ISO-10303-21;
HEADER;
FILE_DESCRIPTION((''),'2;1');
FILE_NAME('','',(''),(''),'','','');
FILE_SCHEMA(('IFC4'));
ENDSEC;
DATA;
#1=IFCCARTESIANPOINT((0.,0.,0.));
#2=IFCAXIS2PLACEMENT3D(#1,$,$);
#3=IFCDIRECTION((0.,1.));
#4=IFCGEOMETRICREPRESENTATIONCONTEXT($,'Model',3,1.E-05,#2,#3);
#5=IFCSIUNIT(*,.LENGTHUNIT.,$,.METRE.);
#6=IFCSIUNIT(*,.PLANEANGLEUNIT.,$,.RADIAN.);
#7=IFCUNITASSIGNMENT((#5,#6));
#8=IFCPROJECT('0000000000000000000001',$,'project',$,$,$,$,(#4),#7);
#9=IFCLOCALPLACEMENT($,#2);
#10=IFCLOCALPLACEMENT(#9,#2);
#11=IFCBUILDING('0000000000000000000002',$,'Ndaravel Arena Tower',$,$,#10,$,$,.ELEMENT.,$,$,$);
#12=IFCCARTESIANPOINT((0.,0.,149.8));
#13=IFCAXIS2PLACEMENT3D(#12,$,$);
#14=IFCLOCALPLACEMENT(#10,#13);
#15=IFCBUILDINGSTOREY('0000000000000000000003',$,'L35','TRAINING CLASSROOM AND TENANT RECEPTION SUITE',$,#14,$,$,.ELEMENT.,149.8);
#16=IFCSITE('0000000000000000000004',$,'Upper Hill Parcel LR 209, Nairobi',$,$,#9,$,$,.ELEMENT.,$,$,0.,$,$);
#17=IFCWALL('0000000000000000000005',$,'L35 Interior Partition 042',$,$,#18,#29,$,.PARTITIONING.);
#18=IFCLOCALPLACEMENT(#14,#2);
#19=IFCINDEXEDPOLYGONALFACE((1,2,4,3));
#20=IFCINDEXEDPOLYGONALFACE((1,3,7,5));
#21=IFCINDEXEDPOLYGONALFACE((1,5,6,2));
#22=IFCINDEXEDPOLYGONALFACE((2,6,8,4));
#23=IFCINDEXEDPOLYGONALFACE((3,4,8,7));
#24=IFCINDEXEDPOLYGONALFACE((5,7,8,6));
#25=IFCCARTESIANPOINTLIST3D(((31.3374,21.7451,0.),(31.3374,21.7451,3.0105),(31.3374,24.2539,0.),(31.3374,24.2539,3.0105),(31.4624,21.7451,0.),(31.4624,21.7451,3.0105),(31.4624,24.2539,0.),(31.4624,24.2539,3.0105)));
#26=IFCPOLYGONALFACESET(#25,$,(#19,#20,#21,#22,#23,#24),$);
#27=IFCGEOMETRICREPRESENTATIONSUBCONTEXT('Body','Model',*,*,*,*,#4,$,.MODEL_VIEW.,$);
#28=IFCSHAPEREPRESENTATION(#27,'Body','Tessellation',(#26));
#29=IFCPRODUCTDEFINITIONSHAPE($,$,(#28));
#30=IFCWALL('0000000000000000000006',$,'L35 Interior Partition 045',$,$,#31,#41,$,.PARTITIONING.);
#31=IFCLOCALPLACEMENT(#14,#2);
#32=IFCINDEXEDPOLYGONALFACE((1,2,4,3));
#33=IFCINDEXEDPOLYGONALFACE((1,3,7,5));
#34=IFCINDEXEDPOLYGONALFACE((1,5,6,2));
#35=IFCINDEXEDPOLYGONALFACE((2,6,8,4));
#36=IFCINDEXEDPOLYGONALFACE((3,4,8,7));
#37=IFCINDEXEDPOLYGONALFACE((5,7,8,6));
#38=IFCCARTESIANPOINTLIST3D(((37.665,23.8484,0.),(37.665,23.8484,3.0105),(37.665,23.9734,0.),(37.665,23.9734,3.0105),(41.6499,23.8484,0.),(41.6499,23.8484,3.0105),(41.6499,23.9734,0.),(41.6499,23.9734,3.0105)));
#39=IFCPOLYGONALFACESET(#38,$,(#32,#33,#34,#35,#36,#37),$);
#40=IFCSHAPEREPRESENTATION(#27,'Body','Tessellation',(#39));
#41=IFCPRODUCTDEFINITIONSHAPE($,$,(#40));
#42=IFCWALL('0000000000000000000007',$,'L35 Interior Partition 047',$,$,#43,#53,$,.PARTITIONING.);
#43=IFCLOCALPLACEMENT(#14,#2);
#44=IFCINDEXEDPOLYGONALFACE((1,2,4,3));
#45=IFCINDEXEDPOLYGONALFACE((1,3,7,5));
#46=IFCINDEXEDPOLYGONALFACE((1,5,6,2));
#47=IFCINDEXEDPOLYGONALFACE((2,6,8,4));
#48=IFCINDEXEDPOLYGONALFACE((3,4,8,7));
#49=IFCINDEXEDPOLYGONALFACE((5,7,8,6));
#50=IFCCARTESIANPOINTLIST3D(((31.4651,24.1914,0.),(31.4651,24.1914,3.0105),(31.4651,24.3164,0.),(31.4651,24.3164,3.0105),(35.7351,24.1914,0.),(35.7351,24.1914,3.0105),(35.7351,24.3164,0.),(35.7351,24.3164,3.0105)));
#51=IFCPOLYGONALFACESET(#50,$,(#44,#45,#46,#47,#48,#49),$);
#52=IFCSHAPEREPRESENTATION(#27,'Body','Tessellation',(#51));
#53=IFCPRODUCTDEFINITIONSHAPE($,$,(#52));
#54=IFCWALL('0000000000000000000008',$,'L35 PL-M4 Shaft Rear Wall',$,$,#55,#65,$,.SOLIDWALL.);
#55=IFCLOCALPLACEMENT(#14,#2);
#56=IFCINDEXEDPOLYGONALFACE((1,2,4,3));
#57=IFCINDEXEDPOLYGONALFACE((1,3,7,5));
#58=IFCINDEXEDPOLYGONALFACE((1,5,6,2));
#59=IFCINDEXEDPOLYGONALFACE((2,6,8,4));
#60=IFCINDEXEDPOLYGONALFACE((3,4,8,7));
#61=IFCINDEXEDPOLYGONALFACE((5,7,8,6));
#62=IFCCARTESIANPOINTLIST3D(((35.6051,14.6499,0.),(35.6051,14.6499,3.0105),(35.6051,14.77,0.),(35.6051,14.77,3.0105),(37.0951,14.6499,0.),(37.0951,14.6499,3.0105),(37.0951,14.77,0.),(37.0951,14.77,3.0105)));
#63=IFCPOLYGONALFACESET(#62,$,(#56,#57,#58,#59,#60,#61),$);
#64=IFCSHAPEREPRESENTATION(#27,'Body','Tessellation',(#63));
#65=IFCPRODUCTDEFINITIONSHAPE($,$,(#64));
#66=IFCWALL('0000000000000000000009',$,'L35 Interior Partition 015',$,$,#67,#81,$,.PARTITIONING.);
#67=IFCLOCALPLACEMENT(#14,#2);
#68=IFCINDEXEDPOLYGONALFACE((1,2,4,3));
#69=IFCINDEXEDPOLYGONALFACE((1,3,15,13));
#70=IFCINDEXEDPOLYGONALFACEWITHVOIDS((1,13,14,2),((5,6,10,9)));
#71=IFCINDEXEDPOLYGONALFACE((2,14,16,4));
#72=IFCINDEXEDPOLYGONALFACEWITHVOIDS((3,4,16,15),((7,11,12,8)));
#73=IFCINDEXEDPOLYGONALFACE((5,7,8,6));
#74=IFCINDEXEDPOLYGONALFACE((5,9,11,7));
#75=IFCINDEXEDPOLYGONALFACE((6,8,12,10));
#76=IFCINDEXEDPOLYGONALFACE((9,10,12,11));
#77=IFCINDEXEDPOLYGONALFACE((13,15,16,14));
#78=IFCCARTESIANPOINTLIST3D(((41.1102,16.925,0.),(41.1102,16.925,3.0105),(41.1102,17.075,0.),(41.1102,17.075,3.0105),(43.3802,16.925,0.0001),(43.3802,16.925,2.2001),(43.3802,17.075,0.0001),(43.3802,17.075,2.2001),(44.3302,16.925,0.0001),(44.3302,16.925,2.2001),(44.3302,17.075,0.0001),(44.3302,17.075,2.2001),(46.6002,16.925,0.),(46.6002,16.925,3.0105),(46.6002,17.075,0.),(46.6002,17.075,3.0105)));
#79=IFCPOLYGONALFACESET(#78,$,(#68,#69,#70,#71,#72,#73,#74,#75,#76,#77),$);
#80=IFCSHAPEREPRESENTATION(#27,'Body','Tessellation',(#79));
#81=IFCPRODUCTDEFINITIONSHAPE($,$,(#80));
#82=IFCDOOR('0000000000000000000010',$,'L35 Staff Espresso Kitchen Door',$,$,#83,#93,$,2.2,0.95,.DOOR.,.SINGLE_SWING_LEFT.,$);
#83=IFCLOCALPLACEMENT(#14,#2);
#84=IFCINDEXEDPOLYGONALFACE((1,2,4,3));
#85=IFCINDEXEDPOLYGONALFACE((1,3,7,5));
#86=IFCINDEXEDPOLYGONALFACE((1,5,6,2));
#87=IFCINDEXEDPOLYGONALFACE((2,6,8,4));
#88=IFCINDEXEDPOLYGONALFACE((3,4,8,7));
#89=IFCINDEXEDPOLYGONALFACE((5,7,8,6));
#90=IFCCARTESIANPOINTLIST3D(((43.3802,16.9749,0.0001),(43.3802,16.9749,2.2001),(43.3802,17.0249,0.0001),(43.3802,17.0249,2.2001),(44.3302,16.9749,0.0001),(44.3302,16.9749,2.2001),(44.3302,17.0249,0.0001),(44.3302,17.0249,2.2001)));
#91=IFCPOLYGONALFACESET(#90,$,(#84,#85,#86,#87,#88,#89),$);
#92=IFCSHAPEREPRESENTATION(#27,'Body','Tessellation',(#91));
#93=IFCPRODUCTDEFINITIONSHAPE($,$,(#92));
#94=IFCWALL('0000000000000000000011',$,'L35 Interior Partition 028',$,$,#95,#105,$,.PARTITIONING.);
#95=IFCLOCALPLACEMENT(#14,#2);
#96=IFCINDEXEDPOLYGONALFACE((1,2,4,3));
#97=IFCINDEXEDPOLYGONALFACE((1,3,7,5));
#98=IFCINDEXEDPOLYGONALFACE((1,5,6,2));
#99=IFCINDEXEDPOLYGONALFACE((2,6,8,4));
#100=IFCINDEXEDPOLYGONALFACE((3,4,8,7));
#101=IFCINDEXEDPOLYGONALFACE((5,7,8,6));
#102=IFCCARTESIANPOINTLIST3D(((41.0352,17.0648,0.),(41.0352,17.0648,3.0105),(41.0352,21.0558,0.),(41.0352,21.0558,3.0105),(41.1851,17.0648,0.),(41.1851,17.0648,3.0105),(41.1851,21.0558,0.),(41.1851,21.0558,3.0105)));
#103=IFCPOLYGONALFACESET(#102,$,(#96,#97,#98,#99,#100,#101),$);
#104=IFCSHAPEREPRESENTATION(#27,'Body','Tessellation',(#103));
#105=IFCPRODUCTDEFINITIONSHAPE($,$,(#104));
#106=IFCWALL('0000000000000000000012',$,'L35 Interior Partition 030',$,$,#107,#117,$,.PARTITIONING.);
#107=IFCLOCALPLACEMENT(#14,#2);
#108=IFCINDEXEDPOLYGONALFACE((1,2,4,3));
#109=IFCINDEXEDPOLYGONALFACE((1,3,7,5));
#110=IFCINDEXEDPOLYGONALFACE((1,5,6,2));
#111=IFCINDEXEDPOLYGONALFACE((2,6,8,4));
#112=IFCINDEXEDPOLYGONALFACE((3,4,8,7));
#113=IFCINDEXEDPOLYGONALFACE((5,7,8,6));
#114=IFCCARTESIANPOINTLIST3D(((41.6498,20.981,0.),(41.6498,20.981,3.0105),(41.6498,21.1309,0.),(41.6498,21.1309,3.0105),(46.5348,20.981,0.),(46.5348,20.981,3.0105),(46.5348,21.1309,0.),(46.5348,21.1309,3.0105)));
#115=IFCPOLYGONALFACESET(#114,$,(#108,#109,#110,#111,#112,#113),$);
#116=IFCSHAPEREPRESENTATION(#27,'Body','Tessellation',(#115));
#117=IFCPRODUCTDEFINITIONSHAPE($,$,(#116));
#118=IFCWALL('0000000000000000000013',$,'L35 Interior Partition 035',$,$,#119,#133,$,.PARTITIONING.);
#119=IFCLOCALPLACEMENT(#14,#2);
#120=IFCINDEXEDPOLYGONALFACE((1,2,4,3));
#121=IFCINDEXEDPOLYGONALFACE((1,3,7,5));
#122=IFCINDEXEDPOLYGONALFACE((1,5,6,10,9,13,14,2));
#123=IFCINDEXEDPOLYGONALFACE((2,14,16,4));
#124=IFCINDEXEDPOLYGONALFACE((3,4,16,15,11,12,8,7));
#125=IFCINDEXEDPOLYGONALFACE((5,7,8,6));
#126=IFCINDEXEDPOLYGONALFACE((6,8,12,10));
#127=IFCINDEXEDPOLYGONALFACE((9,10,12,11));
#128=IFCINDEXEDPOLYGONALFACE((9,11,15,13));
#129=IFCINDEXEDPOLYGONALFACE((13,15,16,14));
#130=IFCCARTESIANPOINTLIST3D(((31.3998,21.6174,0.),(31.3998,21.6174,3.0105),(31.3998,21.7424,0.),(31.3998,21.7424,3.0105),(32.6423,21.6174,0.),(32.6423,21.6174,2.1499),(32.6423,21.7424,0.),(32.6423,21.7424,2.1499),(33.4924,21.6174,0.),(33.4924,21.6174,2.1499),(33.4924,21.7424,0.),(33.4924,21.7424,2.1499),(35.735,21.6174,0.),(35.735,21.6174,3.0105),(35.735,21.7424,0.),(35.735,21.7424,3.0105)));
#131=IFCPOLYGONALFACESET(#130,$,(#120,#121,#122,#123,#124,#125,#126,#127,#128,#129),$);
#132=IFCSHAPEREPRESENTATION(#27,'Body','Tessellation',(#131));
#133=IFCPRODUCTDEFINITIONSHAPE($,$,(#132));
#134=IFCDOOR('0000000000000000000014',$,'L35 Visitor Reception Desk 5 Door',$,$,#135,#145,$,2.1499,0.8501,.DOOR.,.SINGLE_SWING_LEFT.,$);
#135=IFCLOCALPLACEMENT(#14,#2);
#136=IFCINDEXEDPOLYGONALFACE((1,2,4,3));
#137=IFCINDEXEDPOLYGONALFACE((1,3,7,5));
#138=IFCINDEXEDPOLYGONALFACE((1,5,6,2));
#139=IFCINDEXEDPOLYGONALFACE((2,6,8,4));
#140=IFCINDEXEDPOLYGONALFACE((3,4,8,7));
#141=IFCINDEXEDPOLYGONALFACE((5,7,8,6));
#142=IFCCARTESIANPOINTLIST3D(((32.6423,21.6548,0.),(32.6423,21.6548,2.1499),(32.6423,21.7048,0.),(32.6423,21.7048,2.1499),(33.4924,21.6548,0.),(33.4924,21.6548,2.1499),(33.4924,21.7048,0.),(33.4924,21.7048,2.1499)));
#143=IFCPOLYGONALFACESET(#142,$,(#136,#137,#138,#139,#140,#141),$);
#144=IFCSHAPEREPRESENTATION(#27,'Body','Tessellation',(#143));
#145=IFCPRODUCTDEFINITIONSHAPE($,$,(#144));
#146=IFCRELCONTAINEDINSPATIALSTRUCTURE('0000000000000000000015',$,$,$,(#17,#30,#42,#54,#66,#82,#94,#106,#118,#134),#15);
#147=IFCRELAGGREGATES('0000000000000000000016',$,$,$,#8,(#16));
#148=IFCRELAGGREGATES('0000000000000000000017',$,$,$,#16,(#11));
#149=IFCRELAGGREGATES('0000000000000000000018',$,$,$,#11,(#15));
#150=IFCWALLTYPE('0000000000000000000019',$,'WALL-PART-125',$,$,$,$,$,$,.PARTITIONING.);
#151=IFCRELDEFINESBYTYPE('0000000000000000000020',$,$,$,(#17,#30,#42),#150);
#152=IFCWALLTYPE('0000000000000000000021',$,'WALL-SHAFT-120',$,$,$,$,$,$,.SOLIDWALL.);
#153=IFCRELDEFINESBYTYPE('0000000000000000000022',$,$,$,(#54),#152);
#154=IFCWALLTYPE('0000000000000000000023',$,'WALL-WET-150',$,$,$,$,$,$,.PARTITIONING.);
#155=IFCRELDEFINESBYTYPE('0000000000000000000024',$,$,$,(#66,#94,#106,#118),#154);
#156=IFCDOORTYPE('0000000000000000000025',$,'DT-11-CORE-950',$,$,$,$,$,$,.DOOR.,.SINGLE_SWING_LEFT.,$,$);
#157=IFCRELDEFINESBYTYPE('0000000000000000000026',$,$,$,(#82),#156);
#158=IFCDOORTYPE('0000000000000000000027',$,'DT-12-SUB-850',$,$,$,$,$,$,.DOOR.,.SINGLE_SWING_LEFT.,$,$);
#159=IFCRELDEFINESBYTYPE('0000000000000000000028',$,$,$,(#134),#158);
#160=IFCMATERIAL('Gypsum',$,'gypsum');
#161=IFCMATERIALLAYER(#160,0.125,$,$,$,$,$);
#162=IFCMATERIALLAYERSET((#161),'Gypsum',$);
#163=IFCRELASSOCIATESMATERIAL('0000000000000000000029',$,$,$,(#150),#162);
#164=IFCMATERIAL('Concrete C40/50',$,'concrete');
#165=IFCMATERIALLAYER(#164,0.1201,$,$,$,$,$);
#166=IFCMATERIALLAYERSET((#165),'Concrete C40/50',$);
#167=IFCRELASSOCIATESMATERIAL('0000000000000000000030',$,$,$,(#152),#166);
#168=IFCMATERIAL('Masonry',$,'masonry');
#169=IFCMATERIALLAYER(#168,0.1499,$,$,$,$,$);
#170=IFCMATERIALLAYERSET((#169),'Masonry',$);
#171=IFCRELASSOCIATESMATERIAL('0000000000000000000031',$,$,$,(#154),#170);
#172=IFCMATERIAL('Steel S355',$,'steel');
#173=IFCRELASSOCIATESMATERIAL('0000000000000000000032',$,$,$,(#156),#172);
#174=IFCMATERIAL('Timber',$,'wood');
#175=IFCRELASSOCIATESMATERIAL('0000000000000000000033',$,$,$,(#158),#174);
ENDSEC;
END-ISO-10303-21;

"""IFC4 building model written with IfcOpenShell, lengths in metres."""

from ifc_helpers import new_model, si_unit, direction, frame, frame_2d, origin, place, context, subcontext, project, spatial, rectangle, extrude, material, layer, layer_set, type_object, element, fill, save


model = new_model("IFC4")

# Units and contexts
model_context = context("Model", 3, precision=1e-05, world=origin(), true_north=direction((0.0, 1.0)))
body_context = subcontext(model_context, "Body", "Model", "MODEL_VIEW")
ifc_project = project(units=[si_unit("LENGTHUNIT", "METRE"), si_unit("PLANEANGLEUNIT", "RADIAN")], contexts=[model_context])

# Site, building, storey
site_placement = place(None, origin())
site = spatial("IfcSite", under=ifc_project, at=site_placement, Name="Upper Hill Parcel LR 209, Nairobi", CompositionType="ELEMENT", RefElevation=0.0)
building_placement = place(site_placement, origin())
building = spatial("IfcBuilding", under=site, at=building_placement, Name="Ndaravel Arena Tower", CompositionType="ELEMENT")
storey_placement = place(building_placement, frame((0.0, 0.0, 149.8)))
storey = spatial("IfcBuildingStorey", under=building, at=storey_placement, Name="L35", Description="TRAINING CLASSROOM AND TENANT RECEPTION SUITE", CompositionType="ELEMENT", Elevation=149.8)

# Shared definitions
ifc_material_1 = material(Name="Gypsum", Category="gypsum")
ifc_layer_1 = layer(ifc_material_1, 0.125)
ifc_layer_set_1 = layer_set([ifc_layer_1], Name="Gypsum")
wall_type_1 = type_object("IfcWallType", Name="WALL-PART-125", PredefinedType="PARTITIONING", material=ifc_layer_set_1)

# Walls
wall_1_placement = place(storey_placement, frame((31.3999, 24.2539, 0.0), z_axis=(0.0, 0.0, 1.0), x_axis=(0.0, -1.0, 0.0)))
element("IfcWall", 1, at=wall_1_placement, inside=storey, type_object=wall_type_1, Name="L35 Interior Partition 042", PredefinedType="PARTITIONING", context=body_context, shape_type="SweptSolid", body=[
    extrude(rectangle(XDim=2.5088, YDim=0.125, at=frame_2d((1.2544, 0.0))), origin(), (0.0, 0.0, 1.0), 3.0105),
])
wall_2_placement = place(storey_placement, frame((37.665, 23.9109, 0.0), z_axis=(0.0, 0.0, 1.0), x_axis=(1.0, 0.0, 0.0)))
element("IfcWall", 2, at=wall_2_placement, inside=storey, type_object=wall_type_1, Name="L35 Interior Partition 045", PredefinedType="PARTITIONING", context=body_context, shape_type="SweptSolid", body=[
    extrude(rectangle(XDim=3.9849, YDim=0.125, at=frame_2d((1.9924, 0.0))), origin(), (0.0, 0.0, 1.0), 3.0105),
])
wall_3_placement = place(storey_placement, frame((31.4651, 24.2539, 0.0), z_axis=(0.0, 0.0, 1.0), x_axis=(1.0, 0.0, 0.0)))
element("IfcWall", 3, at=wall_3_placement, inside=storey, type_object=wall_type_1, Name="L35 Interior Partition 047", PredefinedType="PARTITIONING", context=body_context, shape_type="SweptSolid", body=[
    extrude(rectangle(XDim=4.27, YDim=0.125, at=frame_2d((2.135, 0.0))), origin(), (0.0, 0.0, 1.0), 3.0105),
])
ifc_material_2 = material(Name="Concrete C40/50", Category="concrete")
ifc_layer_2 = layer(ifc_material_2, 0.1201)
ifc_layer_set_2 = layer_set([ifc_layer_2], Name="Concrete C40/50")
wall_type_2 = type_object("IfcWallType", Name="WALL-SHAFT-120", PredefinedType="SOLIDWALL", material=ifc_layer_set_2)
wall_4_placement = place(storey_placement, frame((35.605, 14.71, 0.0), z_axis=(0.0, 0.0, 1.0), x_axis=(1.0, 0.0, 0.0)))
element("IfcWall", 4, at=wall_4_placement, inside=storey, type_object=wall_type_2, Name="L35 PL-M4 Shaft Rear Wall", PredefinedType="SOLIDWALL", context=body_context, shape_type="SweptSolid", body=[
    extrude(rectangle(XDim=1.49, YDim=0.1201, at=frame_2d((0.7451, 0.0))), origin(), (0.0, 0.0, 1.0), 3.0105),
])

# Wall, opening, door
ifc_material_3 = material(Name="Masonry", Category="masonry")
ifc_layer_3 = layer(ifc_material_3, 0.1499)
ifc_layer_set_3 = layer_set([ifc_layer_3], Name="Masonry")
wall_type_3 = type_object("IfcWallType", Name="WALL-WET-150", PredefinedType="PARTITIONING", material=ifc_layer_set_3)
wall_5_placement = place(storey_placement, frame((41.1101, 17.0, 0.0), z_axis=(0.0, 0.0, 1.0), x_axis=(1.0, 0.0, 0.0)))
wall_5 = element("IfcWall", 5, at=wall_5_placement, inside=storey, type_object=wall_type_3, Name="L35 Interior Partition 015", PredefinedType="PARTITIONING", context=body_context, shape_type="SweptSolid", body=[
    extrude(rectangle(XDim=5.49, YDim=0.1499, at=frame_2d((2.7451, 0.0))), origin(), (0.0, 0.0, 1.0), 3.0105),
])
opening_1_placement = place(wall_5_placement, frame((2.27, 0.0, 0.0)))
opening_1 = element("IfcOpeningElement", 6, at=opening_1_placement, cuts=wall_5, PredefinedType="OPENING", context=body_context, shape_type="SweptSolid", body=[
    extrude(rectangle(XDim=0.95, YDim=2.2, at=frame_2d((0.4751, 1.1001))), frame((0.0, 0.075, 0.0), z_axis=(0.0, -1.0, 0.0), x_axis=(1.0, 0.0, 0.0)), (0.0, 0.0, 1.0), 0.1499),
])
ifc_material_4 = material(Name="Steel S355", Category="steel")
door_type_1 = type_object("IfcDoorType", Name="DT-11-CORE-950", OperationType="SINGLE_SWING_LEFT", PredefinedType="DOOR", material=ifc_material_4)
door_1_placement = place(opening_1_placement, origin())
door_1 = element("IfcDoor", 7, at=door_1_placement, inside=storey, type_object=door_type_1, Name="L35 Staff Espresso Kitchen Door", OperationType="SINGLE_SWING_LEFT", OverallHeight=2.2, OverallWidth=0.95, PredefinedType="DOOR", context=body_context, shape_type="SweptSolid", body=[
    extrude(rectangle(XDim=0.95, YDim=2.2, at=frame_2d((0.4751, 1.1001))), frame((0.0, 0.0249, 0.0), z_axis=(0.0, -1.0, 0.0), x_axis=(1.0, 0.0, 0.0)), (0.0, 0.0, 1.0), 0.05),
])
fill(opening_1, door_1)

# Walls
wall_6_placement = place(storey_placement, frame((41.1101, 21.0559, 0.0), z_axis=(0.0, 0.0, 1.0), x_axis=(0.0, -1.0, 0.0)))
element("IfcWall", 8, at=wall_6_placement, inside=storey, type_object=wall_type_3, Name="L35 Interior Partition 028", PredefinedType="PARTITIONING", context=body_context, shape_type="SweptSolid", body=[
    extrude(rectangle(XDim=3.991, YDim=0.1499, at=frame_2d((1.9956, 0.0))), origin(), (0.0, 0.0, 1.0), 3.0105),
])
wall_7_placement = place(storey_placement, frame((41.6499, 21.0559, 0.0), z_axis=(0.0, 0.0, 1.0), x_axis=(1.0, 0.0, 0.0)))
element("IfcWall", 9, at=wall_7_placement, inside=storey, type_object=wall_type_3, Name="L35 Interior Partition 030", PredefinedType="PARTITIONING", context=body_context, shape_type="SweptSolid", body=[
    extrude(rectangle(XDim=4.885, YDim=0.1499, at=frame_2d((2.4424, 0.0))), origin(), (0.0, 0.0, 1.0), 3.0105),
])

# Wall, opening, door
wall_8_placement = place(storey_placement, frame((31.3999, 21.6799, 0.0), z_axis=(0.0, 0.0, 1.0), x_axis=(1.0, 0.0, 0.0)))
wall_8 = element("IfcWall", 10, at=wall_8_placement, inside=storey, type_object=wall_type_3, Name="L35 Interior Partition 035", PredefinedType="PARTITIONING", context=body_context, shape_type="SweptSolid", body=[
    extrude(rectangle(XDim=4.3352, YDim=0.125, at=frame_2d((2.1675, 0.0))), origin(), (0.0, 0.0, 1.0), 3.0105),
])
opening_2_placement = place(wall_8_placement, frame((1.2424, 0.0, 0.0)))
opening_2 = element("IfcOpeningElement", 11, at=opening_2_placement, cuts=wall_8, PredefinedType="OPENING", context=body_context, shape_type="SweptSolid", body=[
    extrude(rectangle(XDim=0.8501, YDim=2.1499, at=frame_2d((0.425, 1.075))), frame((0.0, 0.0625, 0.0), z_axis=(0.0, -1.0, 0.0), x_axis=(1.0, 0.0, 0.0)), (0.0, 0.0, 1.0), 0.125),
])
ifc_material_5 = material(Name="Timber", Category="wood")
door_type_2 = type_object("IfcDoorType", Name="DT-12-SUB-850", OperationType="SINGLE_SWING_LEFT", PredefinedType="DOOR", material=ifc_material_5)
door_2_placement = place(opening_2_placement, origin())
door_2 = element("IfcDoor", 12, at=door_2_placement, inside=storey, type_object=door_type_2, Name="L35 Visitor Reception Desk 5 Door", OperationType="SINGLE_SWING_LEFT", OverallHeight=2.1499, OverallWidth=0.8501, PredefinedType="DOOR", context=body_context, shape_type="SweptSolid", body=[
    extrude(rectangle(XDim=0.8501, YDim=2.1499, at=frame_2d((0.425, 1.075))), frame((0.0, 0.0249, 0.0), z_axis=(0.0, -1.0, 0.0), x_axis=(1.0, 0.0, 0.0)), (0.0, 0.0, 1.0), 0.05),
])
fill(opening_2, door_2)

save(model, "model.ifc")
